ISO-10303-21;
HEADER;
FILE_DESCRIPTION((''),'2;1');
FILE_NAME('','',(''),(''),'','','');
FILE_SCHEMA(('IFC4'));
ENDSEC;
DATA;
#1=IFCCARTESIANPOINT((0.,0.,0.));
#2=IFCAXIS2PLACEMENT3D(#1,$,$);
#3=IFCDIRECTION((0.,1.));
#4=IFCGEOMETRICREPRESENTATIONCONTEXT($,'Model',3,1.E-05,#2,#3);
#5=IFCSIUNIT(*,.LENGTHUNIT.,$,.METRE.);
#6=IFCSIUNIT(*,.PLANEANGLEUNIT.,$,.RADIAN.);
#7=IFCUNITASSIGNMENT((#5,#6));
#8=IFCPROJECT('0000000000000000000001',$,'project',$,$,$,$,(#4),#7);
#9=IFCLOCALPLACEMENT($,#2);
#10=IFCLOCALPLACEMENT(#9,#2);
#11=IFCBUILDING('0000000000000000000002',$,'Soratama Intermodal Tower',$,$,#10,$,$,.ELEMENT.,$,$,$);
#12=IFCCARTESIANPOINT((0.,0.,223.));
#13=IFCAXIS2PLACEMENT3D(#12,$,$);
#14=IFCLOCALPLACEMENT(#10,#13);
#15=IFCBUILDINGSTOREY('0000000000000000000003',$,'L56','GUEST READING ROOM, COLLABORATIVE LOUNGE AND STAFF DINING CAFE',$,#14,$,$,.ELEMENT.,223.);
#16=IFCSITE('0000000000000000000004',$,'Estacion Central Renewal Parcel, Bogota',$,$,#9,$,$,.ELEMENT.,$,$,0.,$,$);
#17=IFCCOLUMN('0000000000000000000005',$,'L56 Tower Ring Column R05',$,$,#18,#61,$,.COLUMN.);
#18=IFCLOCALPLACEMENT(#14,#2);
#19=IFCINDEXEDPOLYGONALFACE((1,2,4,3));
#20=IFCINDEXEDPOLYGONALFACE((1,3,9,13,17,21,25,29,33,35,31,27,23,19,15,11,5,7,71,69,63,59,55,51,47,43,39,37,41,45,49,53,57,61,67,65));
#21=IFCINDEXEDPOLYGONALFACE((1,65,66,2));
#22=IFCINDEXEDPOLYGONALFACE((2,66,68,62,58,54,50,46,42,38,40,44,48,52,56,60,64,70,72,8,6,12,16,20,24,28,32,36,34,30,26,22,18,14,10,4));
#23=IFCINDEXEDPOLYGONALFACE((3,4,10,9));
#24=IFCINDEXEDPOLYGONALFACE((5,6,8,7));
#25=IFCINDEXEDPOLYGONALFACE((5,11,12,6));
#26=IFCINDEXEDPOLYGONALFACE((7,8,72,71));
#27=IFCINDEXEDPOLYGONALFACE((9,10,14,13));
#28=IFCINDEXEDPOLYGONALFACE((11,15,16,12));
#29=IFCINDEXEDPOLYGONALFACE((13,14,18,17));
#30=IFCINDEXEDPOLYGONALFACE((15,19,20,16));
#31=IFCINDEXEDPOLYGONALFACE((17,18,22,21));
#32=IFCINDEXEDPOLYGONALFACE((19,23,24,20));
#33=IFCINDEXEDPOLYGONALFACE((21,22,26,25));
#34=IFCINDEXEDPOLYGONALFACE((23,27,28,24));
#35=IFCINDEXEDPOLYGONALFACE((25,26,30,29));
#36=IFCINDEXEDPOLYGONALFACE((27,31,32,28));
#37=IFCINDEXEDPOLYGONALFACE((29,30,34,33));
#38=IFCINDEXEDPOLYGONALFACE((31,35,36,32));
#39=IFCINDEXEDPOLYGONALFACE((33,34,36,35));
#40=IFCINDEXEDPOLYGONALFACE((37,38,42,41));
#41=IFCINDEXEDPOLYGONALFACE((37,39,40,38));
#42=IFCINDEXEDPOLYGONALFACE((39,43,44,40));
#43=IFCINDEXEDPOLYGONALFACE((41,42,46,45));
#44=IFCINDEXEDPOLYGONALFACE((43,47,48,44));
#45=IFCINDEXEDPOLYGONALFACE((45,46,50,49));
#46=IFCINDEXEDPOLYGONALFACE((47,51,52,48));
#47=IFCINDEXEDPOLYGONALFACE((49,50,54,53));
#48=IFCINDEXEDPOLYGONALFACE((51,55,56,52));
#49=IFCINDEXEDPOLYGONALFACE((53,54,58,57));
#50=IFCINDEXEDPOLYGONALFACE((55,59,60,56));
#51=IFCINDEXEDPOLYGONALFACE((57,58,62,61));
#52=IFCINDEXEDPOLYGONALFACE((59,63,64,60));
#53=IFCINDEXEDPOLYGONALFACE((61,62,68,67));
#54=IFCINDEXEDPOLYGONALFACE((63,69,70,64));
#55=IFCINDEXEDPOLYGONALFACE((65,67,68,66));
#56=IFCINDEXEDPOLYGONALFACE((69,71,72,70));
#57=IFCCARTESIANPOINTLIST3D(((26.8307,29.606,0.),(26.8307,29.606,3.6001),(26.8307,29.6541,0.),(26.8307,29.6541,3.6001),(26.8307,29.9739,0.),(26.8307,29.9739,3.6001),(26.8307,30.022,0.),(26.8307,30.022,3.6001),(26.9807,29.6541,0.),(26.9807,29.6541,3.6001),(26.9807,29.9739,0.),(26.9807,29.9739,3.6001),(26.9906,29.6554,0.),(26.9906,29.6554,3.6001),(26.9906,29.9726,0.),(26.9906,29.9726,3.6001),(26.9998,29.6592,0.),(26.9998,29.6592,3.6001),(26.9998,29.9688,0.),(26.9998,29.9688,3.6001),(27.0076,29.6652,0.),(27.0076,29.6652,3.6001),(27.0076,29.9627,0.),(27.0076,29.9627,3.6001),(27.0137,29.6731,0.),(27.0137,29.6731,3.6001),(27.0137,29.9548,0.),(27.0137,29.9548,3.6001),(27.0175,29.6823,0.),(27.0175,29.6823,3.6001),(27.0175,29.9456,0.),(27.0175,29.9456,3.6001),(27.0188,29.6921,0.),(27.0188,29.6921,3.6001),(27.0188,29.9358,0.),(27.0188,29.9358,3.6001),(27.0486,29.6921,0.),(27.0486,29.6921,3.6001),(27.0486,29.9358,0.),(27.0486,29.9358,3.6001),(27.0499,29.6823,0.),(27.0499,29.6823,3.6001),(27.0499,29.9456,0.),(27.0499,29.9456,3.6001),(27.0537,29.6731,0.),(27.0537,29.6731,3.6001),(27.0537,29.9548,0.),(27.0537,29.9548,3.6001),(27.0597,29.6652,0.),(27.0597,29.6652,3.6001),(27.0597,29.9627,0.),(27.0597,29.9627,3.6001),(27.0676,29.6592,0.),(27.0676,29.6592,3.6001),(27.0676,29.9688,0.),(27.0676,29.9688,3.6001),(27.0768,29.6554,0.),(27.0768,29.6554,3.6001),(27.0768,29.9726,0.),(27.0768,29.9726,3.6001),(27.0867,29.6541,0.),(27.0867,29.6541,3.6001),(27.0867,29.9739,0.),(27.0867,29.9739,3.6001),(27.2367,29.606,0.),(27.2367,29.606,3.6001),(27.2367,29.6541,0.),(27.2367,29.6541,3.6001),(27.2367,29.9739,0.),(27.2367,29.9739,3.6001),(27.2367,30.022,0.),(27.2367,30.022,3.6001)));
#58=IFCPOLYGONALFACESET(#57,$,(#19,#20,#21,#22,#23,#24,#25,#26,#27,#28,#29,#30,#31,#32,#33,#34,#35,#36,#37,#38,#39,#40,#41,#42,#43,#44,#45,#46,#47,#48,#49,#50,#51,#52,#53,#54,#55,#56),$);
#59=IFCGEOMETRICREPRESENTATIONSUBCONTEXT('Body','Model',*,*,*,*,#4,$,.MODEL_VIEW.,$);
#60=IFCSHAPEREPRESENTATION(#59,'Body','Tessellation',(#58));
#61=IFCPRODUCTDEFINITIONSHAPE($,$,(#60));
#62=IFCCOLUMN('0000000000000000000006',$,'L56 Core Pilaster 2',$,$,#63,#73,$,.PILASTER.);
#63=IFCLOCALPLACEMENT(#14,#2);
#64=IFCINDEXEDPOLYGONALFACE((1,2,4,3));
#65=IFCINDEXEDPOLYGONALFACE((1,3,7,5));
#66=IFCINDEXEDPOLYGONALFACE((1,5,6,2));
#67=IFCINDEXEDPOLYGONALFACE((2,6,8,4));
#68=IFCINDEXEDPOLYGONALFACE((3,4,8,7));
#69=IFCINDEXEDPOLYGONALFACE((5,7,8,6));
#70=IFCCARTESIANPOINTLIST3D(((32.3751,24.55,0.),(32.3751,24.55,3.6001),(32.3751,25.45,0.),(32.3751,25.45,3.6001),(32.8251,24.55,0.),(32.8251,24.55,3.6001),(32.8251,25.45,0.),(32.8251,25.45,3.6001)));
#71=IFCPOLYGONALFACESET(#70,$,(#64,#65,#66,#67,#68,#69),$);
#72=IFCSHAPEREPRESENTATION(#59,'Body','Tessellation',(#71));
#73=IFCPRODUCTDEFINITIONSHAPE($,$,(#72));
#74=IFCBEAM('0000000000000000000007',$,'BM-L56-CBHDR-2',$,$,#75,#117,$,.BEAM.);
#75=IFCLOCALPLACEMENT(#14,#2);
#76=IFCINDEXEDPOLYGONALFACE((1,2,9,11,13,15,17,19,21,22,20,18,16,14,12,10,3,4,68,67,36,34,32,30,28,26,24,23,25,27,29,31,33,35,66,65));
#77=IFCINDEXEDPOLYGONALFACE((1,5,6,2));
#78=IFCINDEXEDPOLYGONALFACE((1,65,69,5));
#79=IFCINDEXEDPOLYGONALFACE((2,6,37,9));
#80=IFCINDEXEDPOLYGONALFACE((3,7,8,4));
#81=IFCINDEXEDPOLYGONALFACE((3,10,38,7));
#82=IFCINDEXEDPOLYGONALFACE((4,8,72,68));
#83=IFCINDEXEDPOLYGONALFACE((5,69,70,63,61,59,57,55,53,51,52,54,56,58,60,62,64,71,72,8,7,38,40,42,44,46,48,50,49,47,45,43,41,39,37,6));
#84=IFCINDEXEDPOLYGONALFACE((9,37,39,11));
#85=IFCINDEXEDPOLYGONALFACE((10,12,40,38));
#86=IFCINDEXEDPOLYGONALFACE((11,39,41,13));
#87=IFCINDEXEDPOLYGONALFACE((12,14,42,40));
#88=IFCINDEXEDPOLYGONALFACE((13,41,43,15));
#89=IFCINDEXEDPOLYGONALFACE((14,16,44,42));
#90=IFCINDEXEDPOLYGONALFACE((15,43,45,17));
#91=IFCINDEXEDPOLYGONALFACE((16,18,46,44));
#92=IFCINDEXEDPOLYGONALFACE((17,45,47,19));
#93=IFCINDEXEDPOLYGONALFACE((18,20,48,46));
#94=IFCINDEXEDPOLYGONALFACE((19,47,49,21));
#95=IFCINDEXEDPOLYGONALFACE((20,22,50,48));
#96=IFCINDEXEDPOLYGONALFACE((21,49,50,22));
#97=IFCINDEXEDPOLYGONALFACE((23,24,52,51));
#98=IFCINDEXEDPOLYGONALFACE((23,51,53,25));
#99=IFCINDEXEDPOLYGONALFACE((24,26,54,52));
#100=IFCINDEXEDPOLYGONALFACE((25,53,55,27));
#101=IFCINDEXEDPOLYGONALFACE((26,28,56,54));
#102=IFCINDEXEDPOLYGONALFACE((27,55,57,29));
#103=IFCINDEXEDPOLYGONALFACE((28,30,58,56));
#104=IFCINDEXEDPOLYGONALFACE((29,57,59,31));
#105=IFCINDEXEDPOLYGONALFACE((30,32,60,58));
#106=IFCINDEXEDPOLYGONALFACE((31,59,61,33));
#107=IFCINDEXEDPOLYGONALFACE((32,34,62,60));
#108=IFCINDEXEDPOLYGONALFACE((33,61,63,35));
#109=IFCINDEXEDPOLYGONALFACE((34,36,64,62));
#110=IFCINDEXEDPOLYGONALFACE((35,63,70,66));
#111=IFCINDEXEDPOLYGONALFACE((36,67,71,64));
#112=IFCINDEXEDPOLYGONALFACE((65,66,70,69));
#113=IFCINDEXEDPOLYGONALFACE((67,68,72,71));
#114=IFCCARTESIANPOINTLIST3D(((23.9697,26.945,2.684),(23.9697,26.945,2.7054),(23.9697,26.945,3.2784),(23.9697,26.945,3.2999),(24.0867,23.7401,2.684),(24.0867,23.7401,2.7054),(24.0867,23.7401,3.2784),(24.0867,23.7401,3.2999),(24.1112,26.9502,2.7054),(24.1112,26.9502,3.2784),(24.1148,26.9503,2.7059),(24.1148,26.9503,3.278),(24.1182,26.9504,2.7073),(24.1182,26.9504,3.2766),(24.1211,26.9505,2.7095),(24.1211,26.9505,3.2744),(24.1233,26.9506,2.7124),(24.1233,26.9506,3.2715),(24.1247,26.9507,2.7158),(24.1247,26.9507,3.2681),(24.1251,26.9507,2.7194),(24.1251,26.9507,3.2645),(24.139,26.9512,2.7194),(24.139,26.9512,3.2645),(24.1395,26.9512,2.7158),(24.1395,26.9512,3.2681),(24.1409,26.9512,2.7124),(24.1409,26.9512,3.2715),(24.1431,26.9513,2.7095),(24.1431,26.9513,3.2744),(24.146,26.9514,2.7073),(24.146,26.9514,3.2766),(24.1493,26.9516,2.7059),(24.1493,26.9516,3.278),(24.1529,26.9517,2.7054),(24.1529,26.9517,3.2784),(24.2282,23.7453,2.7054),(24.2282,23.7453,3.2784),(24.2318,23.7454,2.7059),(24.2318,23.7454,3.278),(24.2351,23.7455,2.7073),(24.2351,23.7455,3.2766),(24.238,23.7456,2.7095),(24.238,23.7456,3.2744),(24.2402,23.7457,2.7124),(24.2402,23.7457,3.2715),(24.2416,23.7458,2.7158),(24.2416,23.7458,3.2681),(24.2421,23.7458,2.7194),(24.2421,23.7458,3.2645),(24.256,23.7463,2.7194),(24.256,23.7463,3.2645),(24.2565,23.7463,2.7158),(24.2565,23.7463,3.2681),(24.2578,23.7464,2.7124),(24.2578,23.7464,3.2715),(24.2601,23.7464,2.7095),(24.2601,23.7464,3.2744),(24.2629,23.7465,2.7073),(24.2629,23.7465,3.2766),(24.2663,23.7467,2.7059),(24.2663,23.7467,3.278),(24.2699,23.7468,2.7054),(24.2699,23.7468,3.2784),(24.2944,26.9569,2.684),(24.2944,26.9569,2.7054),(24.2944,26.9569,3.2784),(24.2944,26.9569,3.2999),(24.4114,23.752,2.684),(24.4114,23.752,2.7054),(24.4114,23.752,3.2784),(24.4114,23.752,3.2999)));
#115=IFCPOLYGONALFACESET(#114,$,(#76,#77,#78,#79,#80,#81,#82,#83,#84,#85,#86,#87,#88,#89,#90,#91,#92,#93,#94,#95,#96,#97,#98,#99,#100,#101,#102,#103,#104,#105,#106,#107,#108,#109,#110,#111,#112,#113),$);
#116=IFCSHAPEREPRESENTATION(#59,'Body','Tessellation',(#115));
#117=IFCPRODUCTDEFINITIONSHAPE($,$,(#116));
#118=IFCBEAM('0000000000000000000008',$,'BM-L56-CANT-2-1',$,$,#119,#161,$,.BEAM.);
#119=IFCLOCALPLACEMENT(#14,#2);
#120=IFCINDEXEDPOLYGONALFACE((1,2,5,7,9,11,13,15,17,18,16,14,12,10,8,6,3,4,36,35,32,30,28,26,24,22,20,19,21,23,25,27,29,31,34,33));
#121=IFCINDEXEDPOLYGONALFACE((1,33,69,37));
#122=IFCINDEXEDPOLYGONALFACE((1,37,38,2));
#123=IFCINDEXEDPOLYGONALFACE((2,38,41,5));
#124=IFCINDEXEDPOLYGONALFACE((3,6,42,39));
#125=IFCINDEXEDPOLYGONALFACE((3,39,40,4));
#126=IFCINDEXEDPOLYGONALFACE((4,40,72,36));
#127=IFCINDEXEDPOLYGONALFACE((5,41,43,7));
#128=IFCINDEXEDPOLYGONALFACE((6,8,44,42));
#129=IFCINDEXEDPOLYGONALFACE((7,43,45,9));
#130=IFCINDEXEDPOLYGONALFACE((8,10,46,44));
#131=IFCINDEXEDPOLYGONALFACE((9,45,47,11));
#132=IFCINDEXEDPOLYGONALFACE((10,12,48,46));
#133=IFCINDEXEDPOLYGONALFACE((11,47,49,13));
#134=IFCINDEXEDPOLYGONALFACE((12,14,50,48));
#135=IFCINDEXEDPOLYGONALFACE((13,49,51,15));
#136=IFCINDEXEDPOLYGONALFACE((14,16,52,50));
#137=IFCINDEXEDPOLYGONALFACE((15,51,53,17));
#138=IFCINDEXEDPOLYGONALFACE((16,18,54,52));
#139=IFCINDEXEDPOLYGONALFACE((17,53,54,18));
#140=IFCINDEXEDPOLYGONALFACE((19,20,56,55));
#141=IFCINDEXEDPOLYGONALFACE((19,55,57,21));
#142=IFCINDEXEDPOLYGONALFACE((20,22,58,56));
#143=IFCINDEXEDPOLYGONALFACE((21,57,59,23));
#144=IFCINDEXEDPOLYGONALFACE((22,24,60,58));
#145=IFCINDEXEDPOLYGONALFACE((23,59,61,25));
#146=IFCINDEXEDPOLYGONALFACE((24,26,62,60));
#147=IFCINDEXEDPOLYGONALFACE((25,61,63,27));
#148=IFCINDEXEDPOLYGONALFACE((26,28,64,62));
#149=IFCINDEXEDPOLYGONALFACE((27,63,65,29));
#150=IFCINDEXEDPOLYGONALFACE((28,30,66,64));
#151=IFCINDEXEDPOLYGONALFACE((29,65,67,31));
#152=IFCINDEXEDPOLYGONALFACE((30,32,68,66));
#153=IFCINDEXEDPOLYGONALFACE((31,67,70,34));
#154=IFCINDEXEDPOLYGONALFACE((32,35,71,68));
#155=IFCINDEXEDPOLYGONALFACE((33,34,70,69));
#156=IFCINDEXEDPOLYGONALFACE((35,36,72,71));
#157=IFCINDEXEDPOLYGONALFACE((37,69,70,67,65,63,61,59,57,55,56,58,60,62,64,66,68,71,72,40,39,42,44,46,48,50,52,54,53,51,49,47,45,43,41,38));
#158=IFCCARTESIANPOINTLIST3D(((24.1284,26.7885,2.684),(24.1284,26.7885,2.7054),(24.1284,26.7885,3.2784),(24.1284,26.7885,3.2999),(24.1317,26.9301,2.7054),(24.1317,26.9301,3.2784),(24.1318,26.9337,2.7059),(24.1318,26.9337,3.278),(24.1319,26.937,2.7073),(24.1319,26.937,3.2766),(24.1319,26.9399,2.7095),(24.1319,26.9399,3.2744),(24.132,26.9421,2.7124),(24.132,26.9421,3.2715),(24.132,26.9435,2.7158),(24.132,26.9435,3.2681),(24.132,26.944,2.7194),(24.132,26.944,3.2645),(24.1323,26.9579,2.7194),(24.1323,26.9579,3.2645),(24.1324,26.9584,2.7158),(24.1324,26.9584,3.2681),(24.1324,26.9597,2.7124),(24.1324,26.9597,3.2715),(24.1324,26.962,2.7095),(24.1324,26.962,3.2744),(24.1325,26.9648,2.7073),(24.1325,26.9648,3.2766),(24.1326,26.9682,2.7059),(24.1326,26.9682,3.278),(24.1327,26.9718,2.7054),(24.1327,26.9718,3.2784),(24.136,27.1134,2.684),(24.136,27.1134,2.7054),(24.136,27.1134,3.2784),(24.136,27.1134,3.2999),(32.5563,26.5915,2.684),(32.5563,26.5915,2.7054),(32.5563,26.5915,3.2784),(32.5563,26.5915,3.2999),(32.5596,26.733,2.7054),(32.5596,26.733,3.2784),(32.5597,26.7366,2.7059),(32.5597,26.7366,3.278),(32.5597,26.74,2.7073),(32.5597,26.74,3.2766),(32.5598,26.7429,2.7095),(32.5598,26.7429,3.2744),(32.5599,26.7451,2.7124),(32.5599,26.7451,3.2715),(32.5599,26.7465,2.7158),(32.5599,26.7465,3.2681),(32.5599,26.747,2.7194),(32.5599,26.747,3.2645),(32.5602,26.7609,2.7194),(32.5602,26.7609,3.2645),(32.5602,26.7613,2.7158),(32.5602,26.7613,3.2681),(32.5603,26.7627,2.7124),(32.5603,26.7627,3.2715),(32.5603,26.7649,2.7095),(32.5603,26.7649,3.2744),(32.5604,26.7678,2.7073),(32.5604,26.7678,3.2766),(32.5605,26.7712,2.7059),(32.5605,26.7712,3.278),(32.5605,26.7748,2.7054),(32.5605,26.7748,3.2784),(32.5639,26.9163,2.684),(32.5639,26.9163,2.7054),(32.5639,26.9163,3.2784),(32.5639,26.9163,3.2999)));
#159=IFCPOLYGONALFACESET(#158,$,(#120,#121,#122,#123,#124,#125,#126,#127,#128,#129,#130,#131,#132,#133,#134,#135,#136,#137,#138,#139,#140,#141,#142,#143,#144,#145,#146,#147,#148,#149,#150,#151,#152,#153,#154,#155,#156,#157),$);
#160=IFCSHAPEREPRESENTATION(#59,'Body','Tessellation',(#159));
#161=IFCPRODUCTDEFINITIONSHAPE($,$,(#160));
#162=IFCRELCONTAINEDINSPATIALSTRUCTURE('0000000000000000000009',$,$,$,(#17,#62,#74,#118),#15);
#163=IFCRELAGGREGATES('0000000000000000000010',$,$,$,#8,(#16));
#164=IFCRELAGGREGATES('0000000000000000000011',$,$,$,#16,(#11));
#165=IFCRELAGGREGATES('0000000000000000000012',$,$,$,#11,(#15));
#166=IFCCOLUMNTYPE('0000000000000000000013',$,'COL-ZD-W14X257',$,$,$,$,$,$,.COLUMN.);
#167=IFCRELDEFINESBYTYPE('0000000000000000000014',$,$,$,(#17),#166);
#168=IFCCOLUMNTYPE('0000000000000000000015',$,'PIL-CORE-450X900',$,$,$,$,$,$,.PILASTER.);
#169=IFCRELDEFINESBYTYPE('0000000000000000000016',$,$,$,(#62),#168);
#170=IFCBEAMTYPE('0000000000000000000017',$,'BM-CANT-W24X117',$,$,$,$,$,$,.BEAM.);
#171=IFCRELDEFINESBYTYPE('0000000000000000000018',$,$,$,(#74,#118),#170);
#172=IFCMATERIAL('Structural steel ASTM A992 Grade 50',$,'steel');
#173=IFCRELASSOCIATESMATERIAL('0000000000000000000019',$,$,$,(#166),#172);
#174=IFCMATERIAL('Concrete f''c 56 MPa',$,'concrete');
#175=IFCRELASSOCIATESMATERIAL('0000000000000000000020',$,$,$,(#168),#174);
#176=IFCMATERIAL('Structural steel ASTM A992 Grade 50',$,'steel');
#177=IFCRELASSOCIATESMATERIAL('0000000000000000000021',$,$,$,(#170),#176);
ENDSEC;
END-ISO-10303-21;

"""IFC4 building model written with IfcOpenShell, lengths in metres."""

from ifc_helpers import new_model, si_unit, direction, frame, origin, origin_2d, place, context, subcontext, project, spatial, rectangle, i_section, extrude, material, material_profile, profile_set, type_object, element, save


model = new_model("IFC4")

# Units and contexts
model_context = context("Model", 3, precision=1e-05, world=origin(), true_north=direction((0.0, 1.0)))
body_context = subcontext(model_context, "Body", "Model", "MODEL_VIEW")
ifc_project = project(units=[si_unit("LENGTHUNIT", "METRE"), si_unit("PLANEANGLEUNIT", "RADIAN")], contexts=[model_context])

# Site, building, storey
site_placement = place(None, origin())
site = spatial("IfcSite", under=ifc_project, at=site_placement, Name="Estacion Central Renewal Parcel, Bogota", CompositionType="ELEMENT", RefElevation=0.0)
building_placement = place(site_placement, origin())
building = spatial("IfcBuilding", under=site, at=building_placement, Name="Soratama Intermodal Tower", CompositionType="ELEMENT")
storey_placement = place(building_placement, frame((0.0, 0.0, 223.0)))
storey = spatial("IfcBuildingStorey", under=building, at=storey_placement, Name="L56", Description="GUEST READING ROOM, COLLABORATIVE LOUNGE AND STAFF DINING CAFE", CompositionType="ELEMENT", Elevation=223.0)

# Columns
ifc_material_1 = material(Name="Structural steel ASTM A992 Grade 50", Category="steel")
ifc_material_profile_1 = material_profile(ifc_material_1, i_section(OverallWidth=0.406, OverallDepth=0.416, WebThickness=0.0298, FlangeThickness=0.0481, FilletRadius=0.0381, at=origin_2d()), Name="W14X257")
ifc_profile_set_1 = profile_set([ifc_material_profile_1], Name="Structural steel ASTM A992 Grade 50")
column_type_1 = type_object("IfcColumnType", Name="COL-ZD-W14X257", PredefinedType="COLUMN", material=ifc_profile_set_1)
column_1_placement = place(storey_placement, frame((27.0337, 29.814, 0.0), z_axis=(0.0, 0.0, 1.0), x_axis=(1.0, 0.0, 0.0)))
element("IfcColumn", 1, at=column_1_placement, inside=storey, type_object=column_type_1, Name="L56 Tower Ring Column R05", PredefinedType="COLUMN", context=body_context, shape_type="SweptSolid", body=[
    extrude(i_section(OverallWidth=0.406, OverallDepth=0.416, WebThickness=0.0298, FlangeThickness=0.0481, FilletRadius=0.0381, at=origin_2d()), origin(), (0.0, 0.0, 1.0), 3.6001),
])
ifc_material_2 = material(Name="Concrete f'c 56 MPa", Category="concrete")
ifc_material_profile_2 = material_profile(ifc_material_2, rectangle(XDim=0.45, YDim=0.8999, at=origin_2d()), Name="RC450X900")
ifc_profile_set_2 = profile_set([ifc_material_profile_2], Name="Concrete f'c 56 MPa")
column_type_2 = type_object("IfcColumnType", Name="PIL-CORE-450X900", PredefinedType="PILASTER", material=ifc_profile_set_2)
column_2_placement = place(storey_placement, frame((32.6001, 25.0, 0.0), z_axis=(0.0, 0.0, 1.0), x_axis=(1.0, 0.0, 0.0)))
element("IfcColumn", 2, at=column_2_placement, inside=storey, type_object=column_type_2, Name="L56 Core Pilaster 2", PredefinedType="PILASTER", context=body_context, shape_type="SweptSolid", body=[
    extrude(rectangle(XDim=0.45, YDim=0.8999, at=origin_2d()), origin(), (0.0, 0.0, 1.0), 3.6001),
])

# Beams
ifc_material_3 = material(Name="Structural steel ASTM A992 Grade 50", Category="steel")
ifc_material_profile_3 = material_profile(ifc_material_3, i_section(OverallWidth=0.325, OverallDepth=0.616, WebThickness=0.0139, FlangeThickness=0.0215, FilletRadius=0.0139, at=origin_2d()), Name="W24X117")
ifc_profile_set_3 = profile_set([ifc_material_profile_3], Name="Structural steel ASTM A992 Grade 50")
beam_type_1 = type_object("IfcBeamType", Name="BM-CANT-W24X117", PredefinedType="BEAM", material=ifc_profile_set_3)
beam_1_placement = place(storey_placement, frame((24.1321, 26.9509, 2.9919), z_axis=(0.036465, -0.999335, 0.0), x_axis=(0.999335, 0.036465, 0.0)))
element("IfcBeam", 3, at=beam_1_placement, inside=storey, type_object=beam_type_1, Name="BM-L56-CBHDR-2", PredefinedType="BEAM", context=body_context, shape_type="SweptSolid", body=[
    extrude(i_section(OverallWidth=0.325, OverallDepth=0.616, WebThickness=0.0139, FlangeThickness=0.0215, FilletRadius=0.0139, at=origin_2d()), origin(), (0.0, 0.0, 1.0), 3.207),
])
beam_2_placement = place(storey_placement, frame((32.5601, 26.7539, 2.9919), z_axis=(-0.999727, 0.023371, 0.0), x_axis=(-0.023371, -0.999727, 0.0)))
element("IfcBeam", 4, at=beam_2_placement, inside=storey, type_object=beam_type_1, Name="BM-L56-CANT-2-1", PredefinedType="BEAM", context=body_context, shape_type="SweptSolid", body=[
    extrude(i_section(OverallWidth=0.325, OverallDepth=0.616, WebThickness=0.0139, FlangeThickness=0.0215, FilletRadius=0.0139, at=origin_2d()), origin(), (0.0, 0.0, 1.0), 8.4302),
])

save(model, "model.ifc")
